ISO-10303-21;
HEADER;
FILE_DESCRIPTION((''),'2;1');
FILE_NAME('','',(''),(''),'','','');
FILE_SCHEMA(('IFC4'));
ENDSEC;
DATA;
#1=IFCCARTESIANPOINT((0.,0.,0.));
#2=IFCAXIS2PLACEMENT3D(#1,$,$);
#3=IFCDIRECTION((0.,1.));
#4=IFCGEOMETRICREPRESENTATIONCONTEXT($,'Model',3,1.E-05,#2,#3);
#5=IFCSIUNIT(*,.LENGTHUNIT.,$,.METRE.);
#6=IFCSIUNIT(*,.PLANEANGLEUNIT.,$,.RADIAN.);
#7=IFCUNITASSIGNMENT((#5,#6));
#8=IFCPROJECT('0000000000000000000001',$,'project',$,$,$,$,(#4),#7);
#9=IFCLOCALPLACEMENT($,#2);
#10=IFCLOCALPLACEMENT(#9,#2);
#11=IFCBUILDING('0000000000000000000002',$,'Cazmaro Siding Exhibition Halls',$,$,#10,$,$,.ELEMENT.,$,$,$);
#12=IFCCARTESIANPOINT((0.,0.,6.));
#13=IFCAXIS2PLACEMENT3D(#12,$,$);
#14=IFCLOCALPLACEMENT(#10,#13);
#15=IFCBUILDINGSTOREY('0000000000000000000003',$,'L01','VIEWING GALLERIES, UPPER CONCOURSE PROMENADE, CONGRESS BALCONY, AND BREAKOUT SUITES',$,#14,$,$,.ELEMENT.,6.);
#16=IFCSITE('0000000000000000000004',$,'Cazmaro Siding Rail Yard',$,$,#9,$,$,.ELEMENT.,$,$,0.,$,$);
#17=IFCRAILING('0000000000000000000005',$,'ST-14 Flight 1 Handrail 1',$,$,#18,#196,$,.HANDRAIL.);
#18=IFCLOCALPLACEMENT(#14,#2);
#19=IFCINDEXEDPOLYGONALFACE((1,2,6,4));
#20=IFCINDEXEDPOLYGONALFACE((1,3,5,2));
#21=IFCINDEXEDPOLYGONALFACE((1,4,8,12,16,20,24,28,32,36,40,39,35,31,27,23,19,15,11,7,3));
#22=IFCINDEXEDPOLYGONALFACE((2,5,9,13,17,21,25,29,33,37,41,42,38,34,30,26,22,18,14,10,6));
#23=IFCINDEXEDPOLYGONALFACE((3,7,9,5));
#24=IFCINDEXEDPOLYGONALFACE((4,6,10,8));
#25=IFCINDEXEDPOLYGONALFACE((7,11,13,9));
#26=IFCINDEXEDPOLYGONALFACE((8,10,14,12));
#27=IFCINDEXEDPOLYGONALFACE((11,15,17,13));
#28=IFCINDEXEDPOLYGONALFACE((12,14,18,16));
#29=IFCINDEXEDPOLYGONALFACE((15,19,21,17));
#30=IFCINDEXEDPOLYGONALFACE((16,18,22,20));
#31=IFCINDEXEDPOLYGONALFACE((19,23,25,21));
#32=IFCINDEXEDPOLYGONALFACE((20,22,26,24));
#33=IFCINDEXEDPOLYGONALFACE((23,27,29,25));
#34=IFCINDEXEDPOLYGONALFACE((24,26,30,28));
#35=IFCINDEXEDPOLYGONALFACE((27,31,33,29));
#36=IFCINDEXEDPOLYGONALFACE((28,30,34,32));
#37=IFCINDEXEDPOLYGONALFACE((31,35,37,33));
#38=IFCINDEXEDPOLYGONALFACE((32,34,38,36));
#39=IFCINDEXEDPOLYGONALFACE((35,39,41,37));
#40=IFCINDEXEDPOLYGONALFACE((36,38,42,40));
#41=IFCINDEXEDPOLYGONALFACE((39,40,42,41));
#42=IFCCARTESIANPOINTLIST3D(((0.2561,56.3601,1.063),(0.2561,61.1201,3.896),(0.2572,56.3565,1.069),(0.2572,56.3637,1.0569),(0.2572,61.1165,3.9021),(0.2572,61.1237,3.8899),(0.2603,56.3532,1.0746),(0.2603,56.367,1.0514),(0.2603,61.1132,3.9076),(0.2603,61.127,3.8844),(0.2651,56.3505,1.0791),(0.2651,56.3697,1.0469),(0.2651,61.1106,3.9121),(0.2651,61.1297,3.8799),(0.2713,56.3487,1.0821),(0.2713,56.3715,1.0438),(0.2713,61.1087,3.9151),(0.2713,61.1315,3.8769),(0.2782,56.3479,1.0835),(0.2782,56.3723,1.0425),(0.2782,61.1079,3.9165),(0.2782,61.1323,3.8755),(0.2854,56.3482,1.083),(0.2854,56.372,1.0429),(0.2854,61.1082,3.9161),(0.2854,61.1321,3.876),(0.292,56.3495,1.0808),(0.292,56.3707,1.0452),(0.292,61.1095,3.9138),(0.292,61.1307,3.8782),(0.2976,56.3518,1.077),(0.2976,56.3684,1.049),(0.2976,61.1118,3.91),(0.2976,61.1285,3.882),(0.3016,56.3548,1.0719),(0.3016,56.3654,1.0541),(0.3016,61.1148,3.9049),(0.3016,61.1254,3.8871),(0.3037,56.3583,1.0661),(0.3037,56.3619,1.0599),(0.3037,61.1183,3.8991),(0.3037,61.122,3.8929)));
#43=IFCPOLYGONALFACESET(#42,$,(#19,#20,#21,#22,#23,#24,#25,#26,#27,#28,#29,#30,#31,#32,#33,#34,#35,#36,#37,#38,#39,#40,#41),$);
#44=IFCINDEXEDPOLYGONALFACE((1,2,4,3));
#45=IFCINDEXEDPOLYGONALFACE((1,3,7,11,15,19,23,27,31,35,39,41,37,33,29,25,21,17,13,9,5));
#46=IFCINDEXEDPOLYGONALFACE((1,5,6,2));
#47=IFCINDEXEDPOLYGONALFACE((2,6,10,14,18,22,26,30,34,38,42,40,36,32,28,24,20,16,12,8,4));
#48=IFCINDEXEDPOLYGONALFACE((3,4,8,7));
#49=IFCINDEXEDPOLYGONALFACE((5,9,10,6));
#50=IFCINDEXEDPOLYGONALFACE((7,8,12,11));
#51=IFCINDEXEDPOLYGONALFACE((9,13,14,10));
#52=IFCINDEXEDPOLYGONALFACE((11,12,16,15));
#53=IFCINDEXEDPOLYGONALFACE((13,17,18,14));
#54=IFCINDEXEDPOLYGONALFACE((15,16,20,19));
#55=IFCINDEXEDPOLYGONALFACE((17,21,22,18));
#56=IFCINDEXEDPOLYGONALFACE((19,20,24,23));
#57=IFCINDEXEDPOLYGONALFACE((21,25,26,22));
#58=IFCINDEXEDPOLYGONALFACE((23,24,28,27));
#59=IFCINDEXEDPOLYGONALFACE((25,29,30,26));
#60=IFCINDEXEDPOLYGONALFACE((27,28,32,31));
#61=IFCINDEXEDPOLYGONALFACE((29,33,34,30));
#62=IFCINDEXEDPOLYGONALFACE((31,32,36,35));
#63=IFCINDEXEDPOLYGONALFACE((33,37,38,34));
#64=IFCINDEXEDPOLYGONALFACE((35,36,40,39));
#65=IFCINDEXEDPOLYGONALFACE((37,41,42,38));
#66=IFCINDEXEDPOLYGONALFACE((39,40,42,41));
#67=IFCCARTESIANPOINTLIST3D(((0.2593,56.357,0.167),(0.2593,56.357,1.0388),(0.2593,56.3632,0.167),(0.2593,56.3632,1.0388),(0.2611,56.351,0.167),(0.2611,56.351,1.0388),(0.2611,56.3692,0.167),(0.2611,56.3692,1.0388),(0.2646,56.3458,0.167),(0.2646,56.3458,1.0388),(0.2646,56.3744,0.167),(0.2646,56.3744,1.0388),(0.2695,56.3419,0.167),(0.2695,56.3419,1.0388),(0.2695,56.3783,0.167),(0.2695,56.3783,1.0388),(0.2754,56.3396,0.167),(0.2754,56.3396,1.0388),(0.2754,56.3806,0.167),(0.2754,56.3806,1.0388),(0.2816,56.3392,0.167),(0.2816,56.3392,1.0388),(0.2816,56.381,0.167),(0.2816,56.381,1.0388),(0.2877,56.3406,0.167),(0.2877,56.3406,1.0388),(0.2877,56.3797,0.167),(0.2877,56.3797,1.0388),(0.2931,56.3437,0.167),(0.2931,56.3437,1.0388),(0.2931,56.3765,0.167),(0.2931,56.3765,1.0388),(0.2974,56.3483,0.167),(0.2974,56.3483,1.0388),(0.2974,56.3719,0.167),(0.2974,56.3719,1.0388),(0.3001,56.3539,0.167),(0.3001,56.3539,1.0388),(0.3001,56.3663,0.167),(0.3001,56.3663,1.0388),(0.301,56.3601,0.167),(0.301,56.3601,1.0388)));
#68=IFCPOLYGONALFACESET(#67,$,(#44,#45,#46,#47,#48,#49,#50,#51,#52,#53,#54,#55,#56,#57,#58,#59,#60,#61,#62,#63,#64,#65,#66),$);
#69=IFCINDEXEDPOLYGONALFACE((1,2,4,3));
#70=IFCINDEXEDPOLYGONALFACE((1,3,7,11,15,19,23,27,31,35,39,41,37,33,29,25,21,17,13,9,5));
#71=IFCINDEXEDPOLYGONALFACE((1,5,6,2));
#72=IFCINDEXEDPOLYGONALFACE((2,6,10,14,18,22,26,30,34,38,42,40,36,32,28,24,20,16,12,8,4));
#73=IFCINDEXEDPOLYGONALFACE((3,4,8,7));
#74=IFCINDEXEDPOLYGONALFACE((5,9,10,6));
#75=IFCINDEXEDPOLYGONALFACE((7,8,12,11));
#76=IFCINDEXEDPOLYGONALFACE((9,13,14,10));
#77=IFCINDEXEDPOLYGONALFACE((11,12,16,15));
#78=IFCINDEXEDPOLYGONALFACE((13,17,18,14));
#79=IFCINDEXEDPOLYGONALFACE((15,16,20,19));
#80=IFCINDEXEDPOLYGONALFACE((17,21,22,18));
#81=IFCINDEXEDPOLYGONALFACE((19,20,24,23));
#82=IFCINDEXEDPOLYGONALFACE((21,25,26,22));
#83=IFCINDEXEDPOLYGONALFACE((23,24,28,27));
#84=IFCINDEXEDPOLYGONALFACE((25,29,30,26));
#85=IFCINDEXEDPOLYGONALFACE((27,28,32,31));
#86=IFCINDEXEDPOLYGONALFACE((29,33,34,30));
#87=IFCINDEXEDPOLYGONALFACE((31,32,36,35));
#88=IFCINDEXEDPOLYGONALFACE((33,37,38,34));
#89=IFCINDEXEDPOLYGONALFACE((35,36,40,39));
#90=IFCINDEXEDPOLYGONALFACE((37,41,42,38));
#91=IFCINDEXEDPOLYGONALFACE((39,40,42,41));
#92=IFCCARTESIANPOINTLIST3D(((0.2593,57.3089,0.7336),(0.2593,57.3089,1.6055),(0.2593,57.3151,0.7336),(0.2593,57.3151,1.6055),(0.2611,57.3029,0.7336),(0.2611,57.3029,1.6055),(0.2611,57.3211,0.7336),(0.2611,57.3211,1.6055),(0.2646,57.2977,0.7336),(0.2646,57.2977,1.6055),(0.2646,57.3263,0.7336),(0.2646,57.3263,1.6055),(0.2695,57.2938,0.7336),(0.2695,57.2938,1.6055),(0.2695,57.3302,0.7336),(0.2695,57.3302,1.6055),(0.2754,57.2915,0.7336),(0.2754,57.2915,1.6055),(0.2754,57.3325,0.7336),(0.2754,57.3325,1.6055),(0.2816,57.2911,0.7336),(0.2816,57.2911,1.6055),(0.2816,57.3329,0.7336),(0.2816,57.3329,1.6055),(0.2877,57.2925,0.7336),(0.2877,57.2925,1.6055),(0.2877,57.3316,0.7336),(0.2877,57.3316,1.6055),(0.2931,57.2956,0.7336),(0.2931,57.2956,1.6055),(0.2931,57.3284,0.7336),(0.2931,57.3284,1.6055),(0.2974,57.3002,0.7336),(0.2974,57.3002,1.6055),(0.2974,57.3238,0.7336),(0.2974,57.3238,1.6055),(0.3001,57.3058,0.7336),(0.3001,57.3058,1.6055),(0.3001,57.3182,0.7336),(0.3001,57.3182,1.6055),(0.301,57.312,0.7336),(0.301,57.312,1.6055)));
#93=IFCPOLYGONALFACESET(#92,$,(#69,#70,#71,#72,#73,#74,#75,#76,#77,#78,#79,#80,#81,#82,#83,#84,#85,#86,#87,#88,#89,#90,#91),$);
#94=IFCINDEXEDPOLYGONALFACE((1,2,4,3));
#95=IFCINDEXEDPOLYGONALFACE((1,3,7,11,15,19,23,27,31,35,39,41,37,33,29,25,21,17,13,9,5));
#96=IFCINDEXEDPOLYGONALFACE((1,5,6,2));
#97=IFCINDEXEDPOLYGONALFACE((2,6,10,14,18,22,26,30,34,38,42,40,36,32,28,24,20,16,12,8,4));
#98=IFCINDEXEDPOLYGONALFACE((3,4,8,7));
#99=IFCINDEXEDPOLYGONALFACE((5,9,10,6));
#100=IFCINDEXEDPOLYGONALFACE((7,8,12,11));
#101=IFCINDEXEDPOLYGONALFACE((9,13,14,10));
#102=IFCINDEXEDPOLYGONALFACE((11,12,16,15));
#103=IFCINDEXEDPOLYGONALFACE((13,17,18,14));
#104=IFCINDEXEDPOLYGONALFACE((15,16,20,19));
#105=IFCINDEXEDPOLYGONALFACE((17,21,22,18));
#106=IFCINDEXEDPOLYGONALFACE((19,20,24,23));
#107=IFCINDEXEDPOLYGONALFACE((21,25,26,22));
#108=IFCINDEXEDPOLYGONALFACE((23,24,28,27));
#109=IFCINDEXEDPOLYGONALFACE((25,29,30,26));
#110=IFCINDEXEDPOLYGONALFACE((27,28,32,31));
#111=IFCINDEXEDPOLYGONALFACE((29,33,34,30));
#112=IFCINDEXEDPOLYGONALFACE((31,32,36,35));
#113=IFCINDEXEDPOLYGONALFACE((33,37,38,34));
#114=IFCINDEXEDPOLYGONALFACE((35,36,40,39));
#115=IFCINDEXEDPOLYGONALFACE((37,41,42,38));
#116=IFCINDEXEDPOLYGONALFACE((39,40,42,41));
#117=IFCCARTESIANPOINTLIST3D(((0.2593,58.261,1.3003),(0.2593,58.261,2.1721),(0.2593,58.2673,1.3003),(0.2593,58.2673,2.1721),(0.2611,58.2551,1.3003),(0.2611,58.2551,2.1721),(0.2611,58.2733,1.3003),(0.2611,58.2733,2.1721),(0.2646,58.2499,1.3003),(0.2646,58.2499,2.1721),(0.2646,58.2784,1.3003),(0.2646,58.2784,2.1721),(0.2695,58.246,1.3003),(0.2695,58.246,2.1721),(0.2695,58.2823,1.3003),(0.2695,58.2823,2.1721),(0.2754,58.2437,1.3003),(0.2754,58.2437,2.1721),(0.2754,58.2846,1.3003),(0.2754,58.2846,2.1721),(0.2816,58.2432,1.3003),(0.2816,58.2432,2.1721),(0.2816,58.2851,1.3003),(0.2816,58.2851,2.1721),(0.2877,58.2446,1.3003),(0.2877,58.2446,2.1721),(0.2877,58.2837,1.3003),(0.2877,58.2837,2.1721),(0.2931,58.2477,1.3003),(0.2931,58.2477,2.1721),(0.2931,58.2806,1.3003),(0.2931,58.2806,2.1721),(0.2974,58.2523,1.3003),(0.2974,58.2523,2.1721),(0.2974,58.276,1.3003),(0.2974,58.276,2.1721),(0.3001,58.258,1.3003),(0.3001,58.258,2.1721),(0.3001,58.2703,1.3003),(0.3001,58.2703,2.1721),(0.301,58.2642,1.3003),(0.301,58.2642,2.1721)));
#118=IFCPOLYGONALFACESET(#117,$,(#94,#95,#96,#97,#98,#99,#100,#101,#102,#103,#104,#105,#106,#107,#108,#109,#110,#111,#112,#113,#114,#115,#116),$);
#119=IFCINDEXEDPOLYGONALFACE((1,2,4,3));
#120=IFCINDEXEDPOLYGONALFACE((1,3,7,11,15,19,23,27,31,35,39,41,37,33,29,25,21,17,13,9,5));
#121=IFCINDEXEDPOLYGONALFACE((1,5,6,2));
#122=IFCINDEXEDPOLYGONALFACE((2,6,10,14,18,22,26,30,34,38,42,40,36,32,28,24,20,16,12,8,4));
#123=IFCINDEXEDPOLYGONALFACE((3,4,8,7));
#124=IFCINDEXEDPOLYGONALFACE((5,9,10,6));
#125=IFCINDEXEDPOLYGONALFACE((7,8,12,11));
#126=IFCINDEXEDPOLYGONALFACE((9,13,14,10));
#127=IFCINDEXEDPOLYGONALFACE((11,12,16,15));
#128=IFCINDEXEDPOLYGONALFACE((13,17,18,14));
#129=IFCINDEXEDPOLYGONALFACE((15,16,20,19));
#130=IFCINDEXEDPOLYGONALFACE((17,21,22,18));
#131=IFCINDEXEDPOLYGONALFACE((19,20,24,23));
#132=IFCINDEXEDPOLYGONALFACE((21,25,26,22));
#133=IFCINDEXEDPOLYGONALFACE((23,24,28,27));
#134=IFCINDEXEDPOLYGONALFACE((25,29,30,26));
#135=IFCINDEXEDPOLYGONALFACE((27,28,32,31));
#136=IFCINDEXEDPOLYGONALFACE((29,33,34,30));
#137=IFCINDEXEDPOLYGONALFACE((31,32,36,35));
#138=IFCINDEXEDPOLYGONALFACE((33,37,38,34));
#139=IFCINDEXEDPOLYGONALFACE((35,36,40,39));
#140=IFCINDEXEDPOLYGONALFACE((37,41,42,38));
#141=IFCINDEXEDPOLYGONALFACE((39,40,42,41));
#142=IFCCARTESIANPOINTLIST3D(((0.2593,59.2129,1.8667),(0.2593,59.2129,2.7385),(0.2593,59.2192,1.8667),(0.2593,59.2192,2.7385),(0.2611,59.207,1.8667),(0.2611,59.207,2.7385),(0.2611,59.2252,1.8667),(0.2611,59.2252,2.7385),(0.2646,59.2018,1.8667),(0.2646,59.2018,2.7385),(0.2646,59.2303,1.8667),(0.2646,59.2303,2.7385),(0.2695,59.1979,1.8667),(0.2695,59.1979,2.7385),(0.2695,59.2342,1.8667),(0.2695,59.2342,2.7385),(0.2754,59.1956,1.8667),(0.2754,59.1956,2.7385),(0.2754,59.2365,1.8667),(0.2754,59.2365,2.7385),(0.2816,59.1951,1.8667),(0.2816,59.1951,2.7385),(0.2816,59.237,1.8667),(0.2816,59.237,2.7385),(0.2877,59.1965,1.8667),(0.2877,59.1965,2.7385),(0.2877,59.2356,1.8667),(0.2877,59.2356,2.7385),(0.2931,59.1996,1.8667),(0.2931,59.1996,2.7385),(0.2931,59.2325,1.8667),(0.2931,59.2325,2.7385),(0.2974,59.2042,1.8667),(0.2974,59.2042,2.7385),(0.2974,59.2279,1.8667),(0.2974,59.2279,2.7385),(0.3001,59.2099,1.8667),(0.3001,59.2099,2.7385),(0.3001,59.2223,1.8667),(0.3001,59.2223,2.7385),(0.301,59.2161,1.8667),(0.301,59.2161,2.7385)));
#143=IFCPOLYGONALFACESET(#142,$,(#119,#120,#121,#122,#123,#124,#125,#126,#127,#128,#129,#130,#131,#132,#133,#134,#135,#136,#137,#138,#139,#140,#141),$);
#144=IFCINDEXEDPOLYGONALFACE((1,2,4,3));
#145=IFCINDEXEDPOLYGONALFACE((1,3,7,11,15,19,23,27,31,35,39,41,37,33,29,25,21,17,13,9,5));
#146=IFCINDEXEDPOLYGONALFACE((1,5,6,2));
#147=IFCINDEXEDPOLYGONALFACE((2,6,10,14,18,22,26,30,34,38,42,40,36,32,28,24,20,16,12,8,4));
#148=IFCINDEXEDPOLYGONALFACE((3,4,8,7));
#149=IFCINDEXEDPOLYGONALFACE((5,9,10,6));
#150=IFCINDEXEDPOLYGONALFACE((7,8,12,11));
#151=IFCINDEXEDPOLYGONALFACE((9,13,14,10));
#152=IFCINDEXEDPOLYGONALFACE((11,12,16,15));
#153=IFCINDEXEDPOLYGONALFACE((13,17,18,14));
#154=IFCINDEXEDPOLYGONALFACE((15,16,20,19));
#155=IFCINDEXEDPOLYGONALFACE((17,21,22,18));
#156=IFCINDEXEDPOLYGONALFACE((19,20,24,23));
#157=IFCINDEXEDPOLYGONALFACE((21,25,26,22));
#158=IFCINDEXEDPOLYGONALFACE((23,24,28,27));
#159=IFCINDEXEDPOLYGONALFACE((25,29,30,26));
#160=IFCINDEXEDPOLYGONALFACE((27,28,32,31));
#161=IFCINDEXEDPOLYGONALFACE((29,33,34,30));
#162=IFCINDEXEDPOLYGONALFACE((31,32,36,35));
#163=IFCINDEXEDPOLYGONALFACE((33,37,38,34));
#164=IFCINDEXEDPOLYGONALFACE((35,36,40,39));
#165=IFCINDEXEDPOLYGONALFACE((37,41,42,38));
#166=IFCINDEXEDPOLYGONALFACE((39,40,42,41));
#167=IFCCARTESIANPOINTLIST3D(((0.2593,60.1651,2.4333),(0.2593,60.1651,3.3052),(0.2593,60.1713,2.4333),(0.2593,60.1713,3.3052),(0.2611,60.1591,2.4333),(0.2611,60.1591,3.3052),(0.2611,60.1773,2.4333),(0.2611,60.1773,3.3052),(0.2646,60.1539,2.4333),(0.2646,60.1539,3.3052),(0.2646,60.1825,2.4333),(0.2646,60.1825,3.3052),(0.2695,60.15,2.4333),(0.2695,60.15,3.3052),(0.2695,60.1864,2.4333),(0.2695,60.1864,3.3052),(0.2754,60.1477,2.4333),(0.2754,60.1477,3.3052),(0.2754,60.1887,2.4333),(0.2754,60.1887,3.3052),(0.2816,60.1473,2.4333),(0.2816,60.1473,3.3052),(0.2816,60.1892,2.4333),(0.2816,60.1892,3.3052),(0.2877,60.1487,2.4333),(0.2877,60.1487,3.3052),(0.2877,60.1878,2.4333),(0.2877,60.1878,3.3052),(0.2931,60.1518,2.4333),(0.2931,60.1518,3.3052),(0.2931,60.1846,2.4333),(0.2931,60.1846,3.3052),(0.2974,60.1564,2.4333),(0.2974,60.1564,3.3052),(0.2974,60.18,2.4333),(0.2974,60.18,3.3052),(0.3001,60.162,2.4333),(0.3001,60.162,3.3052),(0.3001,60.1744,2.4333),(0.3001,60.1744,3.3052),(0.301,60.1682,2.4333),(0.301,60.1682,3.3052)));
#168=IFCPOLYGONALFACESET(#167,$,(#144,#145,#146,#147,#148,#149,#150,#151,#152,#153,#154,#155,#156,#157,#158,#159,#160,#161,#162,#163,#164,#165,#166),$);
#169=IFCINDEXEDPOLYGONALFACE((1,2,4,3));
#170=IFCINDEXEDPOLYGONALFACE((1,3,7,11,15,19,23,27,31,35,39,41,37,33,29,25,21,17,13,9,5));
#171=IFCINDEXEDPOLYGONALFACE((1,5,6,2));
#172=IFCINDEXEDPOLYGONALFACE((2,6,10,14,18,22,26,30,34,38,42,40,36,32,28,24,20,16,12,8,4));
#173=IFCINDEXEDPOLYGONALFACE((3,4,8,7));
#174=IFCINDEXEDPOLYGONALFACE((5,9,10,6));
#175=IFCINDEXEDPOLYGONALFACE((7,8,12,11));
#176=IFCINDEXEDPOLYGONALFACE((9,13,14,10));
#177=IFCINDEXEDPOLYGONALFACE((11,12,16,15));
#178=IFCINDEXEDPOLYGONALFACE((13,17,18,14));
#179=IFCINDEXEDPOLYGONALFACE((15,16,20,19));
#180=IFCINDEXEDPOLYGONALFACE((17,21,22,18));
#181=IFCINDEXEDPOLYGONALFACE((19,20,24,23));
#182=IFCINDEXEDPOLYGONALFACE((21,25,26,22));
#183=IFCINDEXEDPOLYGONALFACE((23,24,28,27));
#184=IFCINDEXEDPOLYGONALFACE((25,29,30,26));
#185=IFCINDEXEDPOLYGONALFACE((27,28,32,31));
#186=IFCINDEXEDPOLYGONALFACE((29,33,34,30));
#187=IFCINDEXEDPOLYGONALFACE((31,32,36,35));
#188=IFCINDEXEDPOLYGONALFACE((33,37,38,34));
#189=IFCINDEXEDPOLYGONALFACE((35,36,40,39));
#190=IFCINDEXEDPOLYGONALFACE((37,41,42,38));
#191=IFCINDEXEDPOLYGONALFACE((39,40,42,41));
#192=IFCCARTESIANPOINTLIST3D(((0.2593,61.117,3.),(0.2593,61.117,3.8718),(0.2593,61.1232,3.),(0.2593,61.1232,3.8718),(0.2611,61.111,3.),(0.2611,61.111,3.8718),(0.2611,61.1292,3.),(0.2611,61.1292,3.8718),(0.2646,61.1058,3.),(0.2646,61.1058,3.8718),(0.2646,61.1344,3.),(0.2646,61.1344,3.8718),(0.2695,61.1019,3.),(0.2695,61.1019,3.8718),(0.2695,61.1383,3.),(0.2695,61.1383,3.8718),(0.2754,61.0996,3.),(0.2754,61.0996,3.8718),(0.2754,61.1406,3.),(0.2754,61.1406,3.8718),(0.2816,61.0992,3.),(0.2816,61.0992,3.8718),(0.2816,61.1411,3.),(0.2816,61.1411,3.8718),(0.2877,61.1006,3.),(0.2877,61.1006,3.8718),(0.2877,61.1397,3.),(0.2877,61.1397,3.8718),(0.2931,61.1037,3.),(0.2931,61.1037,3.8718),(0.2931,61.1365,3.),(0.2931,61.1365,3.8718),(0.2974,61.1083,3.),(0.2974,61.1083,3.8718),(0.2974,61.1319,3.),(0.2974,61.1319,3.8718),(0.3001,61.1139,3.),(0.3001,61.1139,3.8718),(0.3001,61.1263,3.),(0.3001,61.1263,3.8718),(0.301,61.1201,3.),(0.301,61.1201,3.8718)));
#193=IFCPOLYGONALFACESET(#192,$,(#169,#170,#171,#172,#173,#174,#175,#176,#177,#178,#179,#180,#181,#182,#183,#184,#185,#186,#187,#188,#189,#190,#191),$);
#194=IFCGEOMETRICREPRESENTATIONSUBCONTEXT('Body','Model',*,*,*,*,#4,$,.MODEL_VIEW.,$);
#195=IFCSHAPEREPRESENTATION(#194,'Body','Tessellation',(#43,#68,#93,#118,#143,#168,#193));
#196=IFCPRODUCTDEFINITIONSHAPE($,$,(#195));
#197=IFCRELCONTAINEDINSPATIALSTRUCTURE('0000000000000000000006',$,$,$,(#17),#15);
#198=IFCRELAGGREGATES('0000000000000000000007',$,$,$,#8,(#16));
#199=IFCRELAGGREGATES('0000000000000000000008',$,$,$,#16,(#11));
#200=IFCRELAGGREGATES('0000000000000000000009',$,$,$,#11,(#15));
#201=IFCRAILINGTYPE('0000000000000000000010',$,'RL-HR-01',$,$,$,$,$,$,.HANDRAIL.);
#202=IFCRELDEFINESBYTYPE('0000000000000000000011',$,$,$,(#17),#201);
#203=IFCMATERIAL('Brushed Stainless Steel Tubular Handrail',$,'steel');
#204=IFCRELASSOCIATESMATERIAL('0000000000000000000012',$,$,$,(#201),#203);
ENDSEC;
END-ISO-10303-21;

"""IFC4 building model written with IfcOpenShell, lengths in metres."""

from ifc_helpers import new_model, si_unit, direction, frame, origin, origin_2d, place, context, subcontext, project, spatial, circle, extrude, material, type_object, element, save


model = new_model("IFC4")

# Units and contexts
model_context = context("Model", 3, precision=1e-05, world=origin(), true_north=direction((0.0, 1.0)))
body_context = subcontext(model_context, "Body", "Model", "MODEL_VIEW")
ifc_project = project(units=[si_unit("LENGTHUNIT", "METRE"), si_unit("PLANEANGLEUNIT", "RADIAN")], contexts=[model_context])

# Site, building, storey
site_placement = place(None, origin())
site = spatial("IfcSite", under=ifc_project, at=site_placement, Name="Cazmaro Siding Rail Yard", CompositionType="ELEMENT", RefElevation=0.0)
building_placement = place(site_placement, origin())
building = spatial("IfcBuilding", under=site, at=building_placement, Name="Cazmaro Siding Exhibition Halls", CompositionType="ELEMENT")
storey_placement = place(building_placement, frame((0.0, 0.0, 6.0)))
storey = spatial("IfcBuildingStorey", under=building, at=storey_placement, Name="L01", Description="VIEWING GALLERIES, UPPER CONCOURSE PROMENADE, CONGRESS BALCONY, AND BREAKOUT SUITES", CompositionType="ELEMENT", Elevation=6.0)

# Railing
ifc_material_1 = material(Name="Brushed Stainless Steel Tubular Handrail", Category="steel")
railing_type_1 = type_object("IfcRailingType", Name="RL-HR-01", PredefinedType="HANDRAIL", material=ifc_material_1)
railing_1_placement = place(storey_placement, frame((0.28, 56.3601, 0.167)))
element("IfcRailing", 1, at=railing_1_placement, inside=storey, type_object=railing_type_1, Name="ST-14 Flight 1 Handrail 1", PredefinedType="HANDRAIL", context=body_context, shape_type="SweptSolid", body=[
    extrude(circle(Radius=0.0239, at=origin_2d()), frame((0.0, 0.0, 0.896), z_axis=(0.0, 0.859319, 0.51144), x_axis=(-1.0, 0.0, 0.0)), (0.0, 0.0, 1.0), 5.5393),
    extrude(circle(Radius=0.021, at=origin_2d()), origin(), (0.0, 0.0, 1.0), 0.8718),
    extrude(circle(Radius=0.021, at=origin_2d()), frame((0.0, 0.9519, 0.5667)), (0.0, 0.0, 1.0), 0.8718),
    extrude(circle(Radius=0.021, at=origin_2d()), frame((0.0, 1.9041, 1.1333)), (0.0, 0.0, 1.0), 0.8718),
    extrude(circle(Radius=0.021, at=origin_2d()), frame((0.0, 2.856, 1.6997)), (0.0, 0.0, 1.0), 0.8718),
    extrude(circle(Radius=0.021, at=origin_2d()), frame((0.0, 3.8081, 2.2664)), (0.0, 0.0, 1.0), 0.8718),
    extrude(circle(Radius=0.021, at=origin_2d()), frame((0.0, 4.76, 2.833)), (0.0, 0.0, 1.0), 0.8718),
])

save(model, "model.ifc")
